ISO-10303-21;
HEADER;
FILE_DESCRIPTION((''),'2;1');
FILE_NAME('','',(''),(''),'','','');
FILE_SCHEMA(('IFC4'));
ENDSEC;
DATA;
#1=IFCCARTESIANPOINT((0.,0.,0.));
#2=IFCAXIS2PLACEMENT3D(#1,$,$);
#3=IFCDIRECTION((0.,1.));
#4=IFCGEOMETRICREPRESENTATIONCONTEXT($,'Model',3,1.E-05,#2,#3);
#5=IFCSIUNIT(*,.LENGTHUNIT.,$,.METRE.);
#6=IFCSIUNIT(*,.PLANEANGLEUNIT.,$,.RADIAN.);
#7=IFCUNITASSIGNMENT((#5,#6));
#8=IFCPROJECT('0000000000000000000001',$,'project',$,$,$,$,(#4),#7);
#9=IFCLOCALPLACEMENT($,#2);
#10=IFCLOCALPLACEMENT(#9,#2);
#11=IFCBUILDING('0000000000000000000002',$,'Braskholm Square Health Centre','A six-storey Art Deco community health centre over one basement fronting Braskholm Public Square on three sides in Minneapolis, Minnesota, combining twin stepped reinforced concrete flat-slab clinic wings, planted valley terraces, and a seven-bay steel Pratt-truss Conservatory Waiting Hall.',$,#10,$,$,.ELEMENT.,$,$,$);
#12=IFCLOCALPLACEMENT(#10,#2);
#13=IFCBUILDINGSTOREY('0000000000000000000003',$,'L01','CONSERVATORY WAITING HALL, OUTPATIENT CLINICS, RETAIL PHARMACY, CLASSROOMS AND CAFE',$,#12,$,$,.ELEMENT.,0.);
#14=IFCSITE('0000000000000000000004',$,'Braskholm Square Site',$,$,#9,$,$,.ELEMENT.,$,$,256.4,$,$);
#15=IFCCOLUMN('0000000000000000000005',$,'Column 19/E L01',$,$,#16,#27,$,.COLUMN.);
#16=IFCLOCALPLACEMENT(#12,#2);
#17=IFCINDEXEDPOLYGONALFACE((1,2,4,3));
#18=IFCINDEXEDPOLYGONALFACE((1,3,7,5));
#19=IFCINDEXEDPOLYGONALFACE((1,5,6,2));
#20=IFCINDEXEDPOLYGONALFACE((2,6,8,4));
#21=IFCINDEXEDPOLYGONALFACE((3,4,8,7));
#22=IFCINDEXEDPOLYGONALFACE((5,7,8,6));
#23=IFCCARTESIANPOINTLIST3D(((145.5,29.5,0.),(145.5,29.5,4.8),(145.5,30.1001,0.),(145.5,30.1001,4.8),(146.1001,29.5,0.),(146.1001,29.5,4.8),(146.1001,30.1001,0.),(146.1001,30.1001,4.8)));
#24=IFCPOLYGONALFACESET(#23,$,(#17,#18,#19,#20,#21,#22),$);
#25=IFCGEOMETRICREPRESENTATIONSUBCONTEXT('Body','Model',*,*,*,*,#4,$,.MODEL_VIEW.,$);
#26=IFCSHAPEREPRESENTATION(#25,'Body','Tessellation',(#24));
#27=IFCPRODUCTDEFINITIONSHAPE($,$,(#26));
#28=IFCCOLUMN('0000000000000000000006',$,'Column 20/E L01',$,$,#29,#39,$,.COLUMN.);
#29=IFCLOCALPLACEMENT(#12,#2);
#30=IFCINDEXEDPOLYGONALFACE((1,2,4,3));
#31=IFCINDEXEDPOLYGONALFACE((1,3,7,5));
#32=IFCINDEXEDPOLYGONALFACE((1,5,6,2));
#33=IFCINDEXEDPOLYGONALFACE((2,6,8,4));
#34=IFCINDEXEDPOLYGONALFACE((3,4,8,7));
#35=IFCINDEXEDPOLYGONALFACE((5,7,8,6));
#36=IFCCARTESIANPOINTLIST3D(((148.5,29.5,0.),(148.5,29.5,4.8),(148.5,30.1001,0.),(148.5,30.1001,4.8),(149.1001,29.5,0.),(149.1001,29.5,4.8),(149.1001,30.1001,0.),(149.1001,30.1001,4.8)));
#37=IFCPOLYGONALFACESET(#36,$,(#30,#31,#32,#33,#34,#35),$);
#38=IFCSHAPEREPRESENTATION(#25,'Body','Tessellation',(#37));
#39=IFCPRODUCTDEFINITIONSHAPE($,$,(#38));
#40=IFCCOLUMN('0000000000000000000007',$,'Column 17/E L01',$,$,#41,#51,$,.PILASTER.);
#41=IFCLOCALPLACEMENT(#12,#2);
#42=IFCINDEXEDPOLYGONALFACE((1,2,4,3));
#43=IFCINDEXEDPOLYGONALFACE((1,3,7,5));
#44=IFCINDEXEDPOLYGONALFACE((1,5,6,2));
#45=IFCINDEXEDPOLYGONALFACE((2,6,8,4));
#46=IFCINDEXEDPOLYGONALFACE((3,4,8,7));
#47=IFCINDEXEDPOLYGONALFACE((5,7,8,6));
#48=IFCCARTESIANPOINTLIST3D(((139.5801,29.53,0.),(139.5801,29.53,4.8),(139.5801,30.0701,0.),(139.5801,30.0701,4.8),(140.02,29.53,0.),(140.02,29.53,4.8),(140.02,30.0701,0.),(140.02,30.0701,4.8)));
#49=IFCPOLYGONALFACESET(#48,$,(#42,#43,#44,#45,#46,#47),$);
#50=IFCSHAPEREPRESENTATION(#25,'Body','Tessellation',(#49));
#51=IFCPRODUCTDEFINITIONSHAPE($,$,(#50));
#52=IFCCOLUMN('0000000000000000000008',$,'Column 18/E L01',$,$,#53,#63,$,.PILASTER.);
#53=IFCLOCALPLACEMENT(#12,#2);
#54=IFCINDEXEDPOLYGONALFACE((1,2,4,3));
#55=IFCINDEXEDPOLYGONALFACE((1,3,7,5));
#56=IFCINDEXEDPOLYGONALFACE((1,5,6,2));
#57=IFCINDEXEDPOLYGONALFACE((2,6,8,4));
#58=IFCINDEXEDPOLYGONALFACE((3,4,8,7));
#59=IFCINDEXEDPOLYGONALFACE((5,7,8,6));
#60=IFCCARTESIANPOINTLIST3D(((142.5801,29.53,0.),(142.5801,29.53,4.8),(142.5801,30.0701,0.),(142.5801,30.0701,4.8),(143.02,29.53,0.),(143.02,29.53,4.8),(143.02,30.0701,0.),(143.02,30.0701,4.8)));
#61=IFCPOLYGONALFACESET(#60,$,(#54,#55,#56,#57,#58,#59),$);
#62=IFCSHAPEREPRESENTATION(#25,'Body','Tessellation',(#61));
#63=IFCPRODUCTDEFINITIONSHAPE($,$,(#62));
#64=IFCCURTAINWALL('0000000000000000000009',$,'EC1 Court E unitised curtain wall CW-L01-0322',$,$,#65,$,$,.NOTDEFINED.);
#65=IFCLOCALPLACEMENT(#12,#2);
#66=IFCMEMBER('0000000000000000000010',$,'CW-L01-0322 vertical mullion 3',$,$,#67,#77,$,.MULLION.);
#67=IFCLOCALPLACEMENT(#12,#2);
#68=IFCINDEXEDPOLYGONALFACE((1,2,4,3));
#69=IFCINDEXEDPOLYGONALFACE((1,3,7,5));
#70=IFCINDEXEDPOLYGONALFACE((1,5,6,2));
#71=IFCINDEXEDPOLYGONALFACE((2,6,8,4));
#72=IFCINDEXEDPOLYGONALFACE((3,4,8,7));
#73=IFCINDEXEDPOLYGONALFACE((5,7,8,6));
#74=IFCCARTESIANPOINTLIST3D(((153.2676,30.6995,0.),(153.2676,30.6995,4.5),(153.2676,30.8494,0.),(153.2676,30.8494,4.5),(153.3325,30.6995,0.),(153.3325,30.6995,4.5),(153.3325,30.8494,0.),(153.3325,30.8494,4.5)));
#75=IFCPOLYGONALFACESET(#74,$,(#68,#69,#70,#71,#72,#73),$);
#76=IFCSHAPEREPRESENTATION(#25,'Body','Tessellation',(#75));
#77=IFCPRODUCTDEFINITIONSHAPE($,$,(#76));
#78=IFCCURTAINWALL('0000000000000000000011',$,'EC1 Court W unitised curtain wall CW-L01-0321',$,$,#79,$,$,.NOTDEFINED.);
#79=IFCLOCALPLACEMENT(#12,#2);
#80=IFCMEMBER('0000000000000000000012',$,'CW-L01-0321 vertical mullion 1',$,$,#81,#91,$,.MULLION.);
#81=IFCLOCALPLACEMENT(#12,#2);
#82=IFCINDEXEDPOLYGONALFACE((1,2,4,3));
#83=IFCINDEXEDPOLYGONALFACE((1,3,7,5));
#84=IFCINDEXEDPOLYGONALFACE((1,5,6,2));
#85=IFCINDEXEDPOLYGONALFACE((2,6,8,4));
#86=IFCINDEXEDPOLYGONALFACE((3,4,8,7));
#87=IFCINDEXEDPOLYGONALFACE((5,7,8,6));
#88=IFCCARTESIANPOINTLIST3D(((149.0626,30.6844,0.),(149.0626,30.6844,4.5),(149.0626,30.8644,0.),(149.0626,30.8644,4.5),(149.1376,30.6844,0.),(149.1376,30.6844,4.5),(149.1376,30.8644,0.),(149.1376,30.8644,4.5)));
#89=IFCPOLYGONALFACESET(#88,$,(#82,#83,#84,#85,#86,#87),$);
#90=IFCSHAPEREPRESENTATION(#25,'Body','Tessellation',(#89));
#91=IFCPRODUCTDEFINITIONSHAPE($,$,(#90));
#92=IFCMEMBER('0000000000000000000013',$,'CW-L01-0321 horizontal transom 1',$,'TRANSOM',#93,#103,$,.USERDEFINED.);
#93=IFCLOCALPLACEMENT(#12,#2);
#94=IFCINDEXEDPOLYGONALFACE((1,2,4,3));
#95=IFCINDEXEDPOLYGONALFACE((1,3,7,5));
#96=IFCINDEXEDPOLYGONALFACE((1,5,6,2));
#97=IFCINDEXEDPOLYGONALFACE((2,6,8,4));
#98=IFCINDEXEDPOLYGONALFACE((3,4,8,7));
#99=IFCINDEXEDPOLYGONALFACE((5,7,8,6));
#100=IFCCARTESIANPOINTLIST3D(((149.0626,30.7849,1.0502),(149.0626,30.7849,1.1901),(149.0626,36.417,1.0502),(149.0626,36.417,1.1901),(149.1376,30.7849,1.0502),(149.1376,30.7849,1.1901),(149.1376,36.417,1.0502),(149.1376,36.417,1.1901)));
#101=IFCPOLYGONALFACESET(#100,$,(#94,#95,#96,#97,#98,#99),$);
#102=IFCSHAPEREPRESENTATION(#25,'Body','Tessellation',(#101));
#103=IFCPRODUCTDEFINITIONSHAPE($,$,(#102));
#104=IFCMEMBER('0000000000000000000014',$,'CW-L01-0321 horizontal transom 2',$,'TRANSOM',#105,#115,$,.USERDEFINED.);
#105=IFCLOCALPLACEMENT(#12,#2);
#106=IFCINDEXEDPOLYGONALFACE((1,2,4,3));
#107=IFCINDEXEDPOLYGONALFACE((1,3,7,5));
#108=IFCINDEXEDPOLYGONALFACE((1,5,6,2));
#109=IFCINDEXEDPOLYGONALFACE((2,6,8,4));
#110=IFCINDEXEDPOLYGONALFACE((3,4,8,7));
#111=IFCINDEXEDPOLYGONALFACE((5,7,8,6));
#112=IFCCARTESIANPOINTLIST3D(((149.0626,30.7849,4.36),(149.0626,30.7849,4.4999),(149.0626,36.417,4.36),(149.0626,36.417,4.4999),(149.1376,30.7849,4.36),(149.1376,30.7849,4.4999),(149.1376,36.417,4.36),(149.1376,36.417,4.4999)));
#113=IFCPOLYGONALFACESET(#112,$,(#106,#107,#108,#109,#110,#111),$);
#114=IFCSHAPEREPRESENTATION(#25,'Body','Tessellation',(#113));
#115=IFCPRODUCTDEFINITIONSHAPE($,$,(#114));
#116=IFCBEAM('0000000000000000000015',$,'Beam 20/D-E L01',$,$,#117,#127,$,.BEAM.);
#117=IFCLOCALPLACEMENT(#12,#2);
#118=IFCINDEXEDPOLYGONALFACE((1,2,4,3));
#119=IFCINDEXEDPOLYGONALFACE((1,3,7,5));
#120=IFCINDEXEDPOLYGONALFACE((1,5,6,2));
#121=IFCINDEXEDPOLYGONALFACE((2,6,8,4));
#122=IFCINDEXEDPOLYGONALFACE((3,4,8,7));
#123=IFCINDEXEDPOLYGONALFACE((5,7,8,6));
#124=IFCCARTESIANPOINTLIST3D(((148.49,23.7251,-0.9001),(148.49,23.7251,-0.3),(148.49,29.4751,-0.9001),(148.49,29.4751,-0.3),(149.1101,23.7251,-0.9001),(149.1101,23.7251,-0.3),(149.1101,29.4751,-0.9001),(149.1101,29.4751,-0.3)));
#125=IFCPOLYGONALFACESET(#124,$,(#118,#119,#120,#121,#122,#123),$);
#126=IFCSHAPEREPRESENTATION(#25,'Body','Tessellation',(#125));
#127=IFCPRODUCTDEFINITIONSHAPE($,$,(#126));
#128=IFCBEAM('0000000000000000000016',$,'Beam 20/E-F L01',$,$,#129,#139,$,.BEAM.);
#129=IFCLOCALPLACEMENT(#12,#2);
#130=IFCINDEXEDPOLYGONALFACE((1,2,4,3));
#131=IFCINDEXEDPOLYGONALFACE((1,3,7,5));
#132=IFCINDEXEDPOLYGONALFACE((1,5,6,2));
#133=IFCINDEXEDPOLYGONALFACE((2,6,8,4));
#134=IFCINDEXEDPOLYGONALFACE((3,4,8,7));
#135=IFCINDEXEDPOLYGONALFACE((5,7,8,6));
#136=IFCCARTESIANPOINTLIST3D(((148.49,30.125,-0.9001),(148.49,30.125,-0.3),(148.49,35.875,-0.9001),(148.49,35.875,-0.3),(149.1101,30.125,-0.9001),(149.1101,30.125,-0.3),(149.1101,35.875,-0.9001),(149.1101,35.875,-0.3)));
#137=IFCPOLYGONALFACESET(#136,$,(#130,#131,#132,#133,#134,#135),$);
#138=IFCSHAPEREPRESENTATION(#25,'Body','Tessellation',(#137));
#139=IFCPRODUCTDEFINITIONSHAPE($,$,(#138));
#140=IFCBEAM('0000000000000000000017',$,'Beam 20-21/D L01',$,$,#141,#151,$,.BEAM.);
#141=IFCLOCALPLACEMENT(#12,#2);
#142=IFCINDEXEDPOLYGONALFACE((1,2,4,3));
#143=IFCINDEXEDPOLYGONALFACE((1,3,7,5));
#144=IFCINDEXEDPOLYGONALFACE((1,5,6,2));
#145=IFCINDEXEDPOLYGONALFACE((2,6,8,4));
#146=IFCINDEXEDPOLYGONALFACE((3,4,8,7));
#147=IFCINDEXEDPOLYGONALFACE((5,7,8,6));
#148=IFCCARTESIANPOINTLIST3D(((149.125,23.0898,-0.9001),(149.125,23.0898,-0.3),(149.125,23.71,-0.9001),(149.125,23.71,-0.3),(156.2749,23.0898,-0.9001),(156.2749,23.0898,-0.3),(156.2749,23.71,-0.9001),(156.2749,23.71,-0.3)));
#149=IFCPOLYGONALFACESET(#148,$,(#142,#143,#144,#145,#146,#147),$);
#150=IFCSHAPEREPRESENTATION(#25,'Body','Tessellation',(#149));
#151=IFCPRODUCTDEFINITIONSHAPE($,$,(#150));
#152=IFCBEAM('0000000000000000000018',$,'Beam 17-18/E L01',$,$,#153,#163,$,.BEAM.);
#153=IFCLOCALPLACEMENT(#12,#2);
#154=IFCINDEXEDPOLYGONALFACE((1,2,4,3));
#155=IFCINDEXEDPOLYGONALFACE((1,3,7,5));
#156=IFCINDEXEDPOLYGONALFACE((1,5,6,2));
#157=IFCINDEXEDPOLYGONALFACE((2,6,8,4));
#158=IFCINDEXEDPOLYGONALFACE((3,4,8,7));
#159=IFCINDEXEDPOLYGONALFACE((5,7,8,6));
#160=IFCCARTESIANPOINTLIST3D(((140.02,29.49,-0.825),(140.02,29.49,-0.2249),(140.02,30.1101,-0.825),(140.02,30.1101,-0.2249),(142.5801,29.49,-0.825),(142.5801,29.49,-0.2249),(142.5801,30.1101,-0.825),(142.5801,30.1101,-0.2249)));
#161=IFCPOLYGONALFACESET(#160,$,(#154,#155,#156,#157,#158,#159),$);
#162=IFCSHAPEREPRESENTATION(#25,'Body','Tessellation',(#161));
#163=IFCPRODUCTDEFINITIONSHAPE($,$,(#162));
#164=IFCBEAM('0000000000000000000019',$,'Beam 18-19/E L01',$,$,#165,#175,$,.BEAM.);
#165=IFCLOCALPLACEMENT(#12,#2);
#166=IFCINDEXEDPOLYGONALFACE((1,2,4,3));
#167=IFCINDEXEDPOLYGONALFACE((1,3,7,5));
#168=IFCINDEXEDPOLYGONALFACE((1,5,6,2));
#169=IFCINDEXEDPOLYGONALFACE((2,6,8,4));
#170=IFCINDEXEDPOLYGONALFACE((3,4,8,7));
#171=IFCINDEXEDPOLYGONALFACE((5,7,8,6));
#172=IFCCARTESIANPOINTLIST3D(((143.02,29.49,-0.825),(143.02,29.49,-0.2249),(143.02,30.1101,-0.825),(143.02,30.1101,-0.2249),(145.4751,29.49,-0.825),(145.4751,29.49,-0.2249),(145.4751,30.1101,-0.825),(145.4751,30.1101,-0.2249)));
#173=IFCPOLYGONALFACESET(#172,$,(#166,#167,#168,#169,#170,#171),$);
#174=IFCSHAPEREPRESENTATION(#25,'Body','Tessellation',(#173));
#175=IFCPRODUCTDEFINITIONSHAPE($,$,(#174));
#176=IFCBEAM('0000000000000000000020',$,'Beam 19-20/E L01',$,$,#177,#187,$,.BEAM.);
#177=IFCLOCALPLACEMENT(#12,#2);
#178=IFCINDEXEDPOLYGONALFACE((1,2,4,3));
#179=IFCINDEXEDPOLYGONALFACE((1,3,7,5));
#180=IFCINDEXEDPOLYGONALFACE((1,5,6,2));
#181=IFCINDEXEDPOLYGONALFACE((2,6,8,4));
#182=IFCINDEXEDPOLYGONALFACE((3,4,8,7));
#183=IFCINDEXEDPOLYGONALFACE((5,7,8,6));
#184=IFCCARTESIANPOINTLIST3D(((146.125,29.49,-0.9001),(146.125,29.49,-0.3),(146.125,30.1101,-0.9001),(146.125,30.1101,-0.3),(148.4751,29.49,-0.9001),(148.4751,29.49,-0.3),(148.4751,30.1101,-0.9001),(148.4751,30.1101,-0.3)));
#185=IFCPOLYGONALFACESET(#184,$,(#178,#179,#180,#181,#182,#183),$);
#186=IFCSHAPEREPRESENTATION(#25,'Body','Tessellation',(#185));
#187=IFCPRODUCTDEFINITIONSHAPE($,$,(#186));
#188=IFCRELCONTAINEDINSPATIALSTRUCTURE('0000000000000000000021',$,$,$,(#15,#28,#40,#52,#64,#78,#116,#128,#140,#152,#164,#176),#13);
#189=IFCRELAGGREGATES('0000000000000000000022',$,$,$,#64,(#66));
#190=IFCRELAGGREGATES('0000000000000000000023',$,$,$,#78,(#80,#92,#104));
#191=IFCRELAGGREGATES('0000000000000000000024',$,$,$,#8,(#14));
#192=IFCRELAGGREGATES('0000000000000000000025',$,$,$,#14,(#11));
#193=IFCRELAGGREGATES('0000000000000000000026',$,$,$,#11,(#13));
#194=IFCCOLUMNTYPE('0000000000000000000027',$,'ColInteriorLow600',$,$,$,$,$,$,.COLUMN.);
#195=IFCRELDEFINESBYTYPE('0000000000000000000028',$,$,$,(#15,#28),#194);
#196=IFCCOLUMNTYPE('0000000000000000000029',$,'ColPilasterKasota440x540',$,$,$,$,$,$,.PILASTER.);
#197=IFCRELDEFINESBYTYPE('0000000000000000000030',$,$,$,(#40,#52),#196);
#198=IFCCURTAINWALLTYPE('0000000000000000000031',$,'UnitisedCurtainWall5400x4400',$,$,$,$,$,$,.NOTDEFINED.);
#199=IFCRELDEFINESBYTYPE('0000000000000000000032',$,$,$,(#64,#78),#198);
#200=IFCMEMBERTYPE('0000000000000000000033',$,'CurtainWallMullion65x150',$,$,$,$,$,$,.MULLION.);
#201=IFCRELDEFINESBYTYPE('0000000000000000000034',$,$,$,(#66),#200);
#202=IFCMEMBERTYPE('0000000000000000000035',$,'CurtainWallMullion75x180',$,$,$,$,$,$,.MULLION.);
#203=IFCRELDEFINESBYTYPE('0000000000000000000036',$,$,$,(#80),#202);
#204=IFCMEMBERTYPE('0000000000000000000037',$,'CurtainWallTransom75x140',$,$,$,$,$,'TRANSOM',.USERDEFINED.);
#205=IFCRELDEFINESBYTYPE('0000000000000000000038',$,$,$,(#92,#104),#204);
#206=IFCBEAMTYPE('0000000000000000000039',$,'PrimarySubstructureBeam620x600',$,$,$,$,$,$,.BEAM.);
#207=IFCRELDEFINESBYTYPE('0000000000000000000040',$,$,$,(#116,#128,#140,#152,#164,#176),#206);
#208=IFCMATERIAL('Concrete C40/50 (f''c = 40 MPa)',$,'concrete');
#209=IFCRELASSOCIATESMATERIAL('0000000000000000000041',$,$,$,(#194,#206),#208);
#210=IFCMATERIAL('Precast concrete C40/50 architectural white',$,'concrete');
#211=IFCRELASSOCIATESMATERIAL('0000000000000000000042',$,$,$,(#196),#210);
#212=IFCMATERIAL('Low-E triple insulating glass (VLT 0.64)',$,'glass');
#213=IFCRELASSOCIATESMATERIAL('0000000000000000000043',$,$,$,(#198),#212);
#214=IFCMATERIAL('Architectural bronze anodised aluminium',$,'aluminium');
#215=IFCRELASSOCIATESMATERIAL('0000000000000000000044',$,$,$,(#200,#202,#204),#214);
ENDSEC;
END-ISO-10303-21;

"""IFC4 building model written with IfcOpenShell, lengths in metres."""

from ifc_helpers import new_model, si_unit, direction, frame, origin, origin_2d, place, context, subcontext, project, spatial, rectangle, extrude, material, material_profile, profile_set, type_object, element, aggregate, save


model = new_model("IFC4")

# Units and contexts
model_context = context("Model", 3, precision=1e-05, world=origin(), true_north=direction((0.0, 1.0)))
body_context = subcontext(model_context, "Body", "Model", "MODEL_VIEW")
ifc_project = project(units=[si_unit("LENGTHUNIT", "METRE"), si_unit("PLANEANGLEUNIT", "RADIAN")], contexts=[model_context])

# Site, building, storey
site_placement = place(None, origin())
site = spatial("IfcSite", under=ifc_project, at=site_placement, Name="Braskholm Square Site", CompositionType="ELEMENT", RefElevation=256.4)
building_placement = place(site_placement, origin())
building = spatial("IfcBuilding", under=site, at=building_placement, Name="Braskholm Square Health Centre", Description="A six-storey Art Deco community health centre over one basement fronting Braskholm Public Square on three sides in Minneapolis, Minnesota, combining twin stepped reinforced concrete flat-slab clinic wings, planted valley terraces, and a seven-bay steel Pratt-truss Conservatory Waiting Hall.", CompositionType="ELEMENT")
storey_placement = place(building_placement, origin())
storey = spatial("IfcBuildingStorey", under=building, at=storey_placement, Name="L01", Description="CONSERVATORY WAITING HALL, OUTPATIENT CLINICS, RETAIL PHARMACY, CLASSROOMS AND CAFE", CompositionType="ELEMENT", Elevation=0.0)

# Columns
ifc_material_1 = material(Name="Concrete C40/50 (f'c = 40 MPa)", Category="concrete")
ifc_material_profile_1 = material_profile(ifc_material_1, rectangle(XDim=0.6001, YDim=0.6001, at=origin_2d()), Name="RC-600X600")
ifc_profile_set_1 = profile_set([ifc_material_profile_1], Name="Concrete C40/50 (f'c = 40 MPa)")
column_type_1 = type_object("IfcColumnType", Name="ColInteriorLow600", PredefinedType="COLUMN", material=ifc_profile_set_1)
for number, where, z_axis, x_axis, name in (
    (1, (145.8, 29.8, 0.0), (0.0, 0.0, 1.0), (1.0, 0.0, 0.0), "Column 19/E L01"),
    (2, (148.8, 29.8, 0.0), (0.0, 0.0, 1.0), (1.0, 0.0, 0.0), "Column 20/E L01"),
):
    element("IfcColumn", number, at=place(storey_placement, frame(where, z_axis=z_axis, x_axis=x_axis)), inside=storey, type_object=column_type_1, Name=name, PredefinedType="COLUMN", context=body_context, shape_type="SweptSolid", body=[
        extrude(rectangle(XDim=0.6001, YDim=0.6001, at=origin_2d()), origin(), (0.0, 0.0, 1.0), 4.8),
    ])
ifc_material_2 = material(Name="Precast concrete C40/50 architectural white", Category="concrete")
ifc_material_profile_2 = material_profile(ifc_material_2, rectangle(XDim=0.4399, YDim=0.54, at=origin_2d()), Name="RC-440X540")
ifc_profile_set_2 = profile_set([ifc_material_profile_2], Name="Precast concrete C40/50 architectural white")
column_type_2 = type_object("IfcColumnType", Name="ColPilasterKasota440x540", PredefinedType="PILASTER", material=ifc_profile_set_2)
for number, where, z_axis, x_axis, name in (
    (3, (139.8, 29.8, 0.0), (0.0, 0.0, 1.0), (1.0, 0.0, 0.0), "Column 17/E L01"),
    (4, (142.8, 29.8, 0.0), (0.0, 0.0, 1.0), (1.0, 0.0, 0.0), "Column 18/E L01"),
):
    element("IfcColumn", number, at=place(storey_placement, frame(where, z_axis=z_axis, x_axis=x_axis)), inside=storey, type_object=column_type_2, Name=name, PredefinedType="PILASTER", context=body_context, shape_type="SweptSolid", body=[
        extrude(rectangle(XDim=0.4399, YDim=0.54, at=origin_2d()), origin(), (0.0, 0.0, 1.0), 4.8),
    ])

# Curtain wall, member
ifc_material_3 = material(Name="Low-E triple insulating glass (VLT 0.64)", Category="glass")
curtain_wall_type = type_object("IfcCurtainWallType", Name="UnitisedCurtainWall5400x4400", PredefinedType="NOTDEFINED", material=ifc_material_3)
curtain_wall_1_placement = place(storey_placement, origin())
curtain_wall_1 = element("IfcCurtainWall", 5, at=curtain_wall_1_placement, inside=storey, type_object=curtain_wall_type, Name="EC1 Court E unitised curtain wall CW-L01-0322", PredefinedType="NOTDEFINED")
ifc_material_4 = material(Name="Architectural bronze anodised aluminium", Category="aluminium")
ifc_material_profile_3 = material_profile(ifc_material_4, rectangle(XDim=0.0649, YDim=0.1499, at=origin_2d()), Name="ALU-65X150")
ifc_profile_set_3 = profile_set([ifc_material_profile_3], Name="Architectural bronze anodised aluminium")
member_type_1 = type_object("IfcMemberType", Name="CurtainWallMullion65x150", PredefinedType="MULLION", material=ifc_profile_set_3)
member_1_placement = place(storey_placement, frame((153.3, 30.7744, 0.0), z_axis=(0.0, 0.0, 1.0), x_axis=(1.0, 0.0, 0.0)))
member_1 = element("IfcMember", 6, at=member_1_placement, type_object=member_type_1, Name="CW-L01-0322 vertical mullion 3", PredefinedType="MULLION", context=body_context, shape_type="SweptSolid", body=[
    extrude(rectangle(XDim=0.0649, YDim=0.1499, at=origin_2d()), origin(), (0.0, 0.0, 1.0), 4.5),
])
aggregate(curtain_wall_1, [member_1])

# Curtain wall, members
curtain_wall_2_placement = place(storey_placement, origin())
curtain_wall_2 = element("IfcCurtainWall", 7, at=curtain_wall_2_placement, inside=storey, type_object=curtain_wall_type, Name="EC1 Court W unitised curtain wall CW-L01-0321", PredefinedType="NOTDEFINED")
ifc_material_profile_4 = material_profile(ifc_material_4, rectangle(XDim=0.075, YDim=0.1799, at=origin_2d()), Name="ALU-75X180")
ifc_profile_set_4 = profile_set([ifc_material_profile_4], Name="Architectural bronze anodised aluminium")
member_type_2 = type_object("IfcMemberType", Name="CurtainWallMullion75x180", PredefinedType="MULLION", material=ifc_profile_set_4)
member_2_placement = place(storey_placement, frame((149.1001, 30.7744, 0.0), z_axis=(0.0, 0.0, 1.0), x_axis=(1.0, 0.0, 0.0)))
member_2 = element("IfcMember", 8, at=member_2_placement, type_object=member_type_2, Name="CW-L01-0321 vertical mullion 1", PredefinedType="MULLION", context=body_context, shape_type="SweptSolid", body=[
    extrude(rectangle(XDim=0.075, YDim=0.1799, at=origin_2d()), origin(), (0.0, 0.0, 1.0), 4.5),
])
ifc_material_profile_5 = material_profile(ifc_material_4, rectangle(XDim=0.075, YDim=0.1399, at=origin_2d()), Name="ALU-75X140")
ifc_profile_set_5 = profile_set([ifc_material_profile_5], Name="Architectural bronze anodised aluminium")
member_type_3 = type_object("IfcMemberType", Name="CurtainWallTransom75x140", ElementType="TRANSOM", PredefinedType="USERDEFINED", material=ifc_profile_set_5)
member_3_placement = place(storey_placement, frame((149.1001, 30.7849, 1.1201), z_axis=(0.0, 1.0, 0.0), x_axis=(-1.0, 0.0, 0.0)))
member_3 = element("IfcMember", 9, at=member_3_placement, type_object=member_type_3, Name="CW-L01-0321 horizontal transom 1", ObjectType="TRANSOM", PredefinedType="USERDEFINED", context=body_context, shape_type="SweptSolid", body=[
    extrude(rectangle(XDim=0.075, YDim=0.1399, at=origin_2d()), origin(), (0.0, 0.0, 1.0), 5.6321),
])
member_4_placement = place(storey_placement, frame((149.1001, 30.7849, 4.4299), z_axis=(0.0, 1.0, 0.0), x_axis=(-1.0, 0.0, 0.0)))
member_4 = element("IfcMember", 10, at=member_4_placement, type_object=member_type_3, Name="CW-L01-0321 horizontal transom 2", ObjectType="TRANSOM", PredefinedType="USERDEFINED", context=body_context, shape_type="SweptSolid", body=[
    extrude(rectangle(XDim=0.075, YDim=0.1399, at=origin_2d()), origin(), (0.0, 0.0, 1.0), 5.6321),
])

# Beams
ifc_material_profile_6 = material_profile(ifc_material_1, rectangle(XDim=0.6201, YDim=0.6001, at=origin_2d()), Name="RCB-620X600")
ifc_profile_set_6 = profile_set([ifc_material_profile_6], Name="Concrete C40/50 (f'c = 40 MPa)")
beam_type_1 = type_object("IfcBeamType", Name="PrimarySubstructureBeam620x600", PredefinedType="BEAM", material=ifc_profile_set_6)
for number, where, z_axis, x_axis, name in (
    (11, (148.8, 23.7251, -0.6001), (0.0, 1.0, 0.0), (-1.0, 0.0, 0.0), "Beam 20/D-E L01"),
    (12, (148.8, 30.125, -0.6001), (0.0, 1.0, 0.0), (-1.0, 0.0, 0.0), "Beam 20/E-F L01"),
):
    element("IfcBeam", number, at=place(storey_placement, frame(where, z_axis=z_axis, x_axis=x_axis)), inside=storey, type_object=beam_type_1, Name=name, PredefinedType="BEAM", context=body_context, shape_type="SweptSolid", body=[
        extrude(rectangle(XDim=0.6201, YDim=0.6001, at=origin_2d()), origin(), (0.0, 0.0, 1.0), 5.75),
    ])
beam_1_placement = place(storey_placement, frame((149.125, 23.3999, -0.6001), z_axis=(1.0, 0.0, 0.0), x_axis=(0.0, 1.0, 0.0)))
element("IfcBeam", 13, at=beam_1_placement, inside=storey, type_object=beam_type_1, Name="Beam 20-21/D L01", PredefinedType="BEAM", context=body_context, shape_type="SweptSolid", body=[
    extrude(rectangle(XDim=0.6201, YDim=0.6001, at=origin_2d()), origin(), (0.0, 0.0, 1.0), 7.1499),
])
beam_2_placement = place(storey_placement, frame((140.02, 29.8, -0.5249), z_axis=(1.0, 0.0, 0.0), x_axis=(0.0, 1.0, 0.0)))
element("IfcBeam", 14, at=beam_2_placement, inside=storey, type_object=beam_type_1, Name="Beam 17-18/E L01", PredefinedType="BEAM", context=body_context, shape_type="SweptSolid", body=[
    extrude(rectangle(XDim=0.6201, YDim=0.6001, at=origin_2d()), origin(), (0.0, 0.0, 1.0), 2.5601),
])
beam_3_placement = place(storey_placement, frame((143.02, 29.8, -0.5249), z_axis=(1.0, 0.0, 0.0), x_axis=(0.0, 1.0, 0.0)))
element("IfcBeam", 15, at=beam_3_placement, inside=storey, type_object=beam_type_1, Name="Beam 18-19/E L01", PredefinedType="BEAM", context=body_context, shape_type="SweptSolid", body=[
    extrude(rectangle(XDim=0.6201, YDim=0.6001, at=origin_2d()), origin(), (0.0, 0.0, 1.0), 2.4551),
])
beam_4_placement = place(storey_placement, frame((146.125, 29.8, -0.6001), z_axis=(1.0, 0.0, 0.0), x_axis=(0.0, 1.0, 0.0)))
element("IfcBeam", 16, at=beam_4_placement, inside=storey, type_object=beam_type_1, Name="Beam 19-20/E L01", PredefinedType="BEAM", context=body_context, shape_type="SweptSolid", body=[
    extrude(rectangle(XDim=0.6201, YDim=0.6001, at=origin_2d()), origin(), (0.0, 0.0, 1.0), 2.3501),
])

aggregate(curtain_wall_2, [member_2, member_3, member_4])

save(model, "model.ifc")
